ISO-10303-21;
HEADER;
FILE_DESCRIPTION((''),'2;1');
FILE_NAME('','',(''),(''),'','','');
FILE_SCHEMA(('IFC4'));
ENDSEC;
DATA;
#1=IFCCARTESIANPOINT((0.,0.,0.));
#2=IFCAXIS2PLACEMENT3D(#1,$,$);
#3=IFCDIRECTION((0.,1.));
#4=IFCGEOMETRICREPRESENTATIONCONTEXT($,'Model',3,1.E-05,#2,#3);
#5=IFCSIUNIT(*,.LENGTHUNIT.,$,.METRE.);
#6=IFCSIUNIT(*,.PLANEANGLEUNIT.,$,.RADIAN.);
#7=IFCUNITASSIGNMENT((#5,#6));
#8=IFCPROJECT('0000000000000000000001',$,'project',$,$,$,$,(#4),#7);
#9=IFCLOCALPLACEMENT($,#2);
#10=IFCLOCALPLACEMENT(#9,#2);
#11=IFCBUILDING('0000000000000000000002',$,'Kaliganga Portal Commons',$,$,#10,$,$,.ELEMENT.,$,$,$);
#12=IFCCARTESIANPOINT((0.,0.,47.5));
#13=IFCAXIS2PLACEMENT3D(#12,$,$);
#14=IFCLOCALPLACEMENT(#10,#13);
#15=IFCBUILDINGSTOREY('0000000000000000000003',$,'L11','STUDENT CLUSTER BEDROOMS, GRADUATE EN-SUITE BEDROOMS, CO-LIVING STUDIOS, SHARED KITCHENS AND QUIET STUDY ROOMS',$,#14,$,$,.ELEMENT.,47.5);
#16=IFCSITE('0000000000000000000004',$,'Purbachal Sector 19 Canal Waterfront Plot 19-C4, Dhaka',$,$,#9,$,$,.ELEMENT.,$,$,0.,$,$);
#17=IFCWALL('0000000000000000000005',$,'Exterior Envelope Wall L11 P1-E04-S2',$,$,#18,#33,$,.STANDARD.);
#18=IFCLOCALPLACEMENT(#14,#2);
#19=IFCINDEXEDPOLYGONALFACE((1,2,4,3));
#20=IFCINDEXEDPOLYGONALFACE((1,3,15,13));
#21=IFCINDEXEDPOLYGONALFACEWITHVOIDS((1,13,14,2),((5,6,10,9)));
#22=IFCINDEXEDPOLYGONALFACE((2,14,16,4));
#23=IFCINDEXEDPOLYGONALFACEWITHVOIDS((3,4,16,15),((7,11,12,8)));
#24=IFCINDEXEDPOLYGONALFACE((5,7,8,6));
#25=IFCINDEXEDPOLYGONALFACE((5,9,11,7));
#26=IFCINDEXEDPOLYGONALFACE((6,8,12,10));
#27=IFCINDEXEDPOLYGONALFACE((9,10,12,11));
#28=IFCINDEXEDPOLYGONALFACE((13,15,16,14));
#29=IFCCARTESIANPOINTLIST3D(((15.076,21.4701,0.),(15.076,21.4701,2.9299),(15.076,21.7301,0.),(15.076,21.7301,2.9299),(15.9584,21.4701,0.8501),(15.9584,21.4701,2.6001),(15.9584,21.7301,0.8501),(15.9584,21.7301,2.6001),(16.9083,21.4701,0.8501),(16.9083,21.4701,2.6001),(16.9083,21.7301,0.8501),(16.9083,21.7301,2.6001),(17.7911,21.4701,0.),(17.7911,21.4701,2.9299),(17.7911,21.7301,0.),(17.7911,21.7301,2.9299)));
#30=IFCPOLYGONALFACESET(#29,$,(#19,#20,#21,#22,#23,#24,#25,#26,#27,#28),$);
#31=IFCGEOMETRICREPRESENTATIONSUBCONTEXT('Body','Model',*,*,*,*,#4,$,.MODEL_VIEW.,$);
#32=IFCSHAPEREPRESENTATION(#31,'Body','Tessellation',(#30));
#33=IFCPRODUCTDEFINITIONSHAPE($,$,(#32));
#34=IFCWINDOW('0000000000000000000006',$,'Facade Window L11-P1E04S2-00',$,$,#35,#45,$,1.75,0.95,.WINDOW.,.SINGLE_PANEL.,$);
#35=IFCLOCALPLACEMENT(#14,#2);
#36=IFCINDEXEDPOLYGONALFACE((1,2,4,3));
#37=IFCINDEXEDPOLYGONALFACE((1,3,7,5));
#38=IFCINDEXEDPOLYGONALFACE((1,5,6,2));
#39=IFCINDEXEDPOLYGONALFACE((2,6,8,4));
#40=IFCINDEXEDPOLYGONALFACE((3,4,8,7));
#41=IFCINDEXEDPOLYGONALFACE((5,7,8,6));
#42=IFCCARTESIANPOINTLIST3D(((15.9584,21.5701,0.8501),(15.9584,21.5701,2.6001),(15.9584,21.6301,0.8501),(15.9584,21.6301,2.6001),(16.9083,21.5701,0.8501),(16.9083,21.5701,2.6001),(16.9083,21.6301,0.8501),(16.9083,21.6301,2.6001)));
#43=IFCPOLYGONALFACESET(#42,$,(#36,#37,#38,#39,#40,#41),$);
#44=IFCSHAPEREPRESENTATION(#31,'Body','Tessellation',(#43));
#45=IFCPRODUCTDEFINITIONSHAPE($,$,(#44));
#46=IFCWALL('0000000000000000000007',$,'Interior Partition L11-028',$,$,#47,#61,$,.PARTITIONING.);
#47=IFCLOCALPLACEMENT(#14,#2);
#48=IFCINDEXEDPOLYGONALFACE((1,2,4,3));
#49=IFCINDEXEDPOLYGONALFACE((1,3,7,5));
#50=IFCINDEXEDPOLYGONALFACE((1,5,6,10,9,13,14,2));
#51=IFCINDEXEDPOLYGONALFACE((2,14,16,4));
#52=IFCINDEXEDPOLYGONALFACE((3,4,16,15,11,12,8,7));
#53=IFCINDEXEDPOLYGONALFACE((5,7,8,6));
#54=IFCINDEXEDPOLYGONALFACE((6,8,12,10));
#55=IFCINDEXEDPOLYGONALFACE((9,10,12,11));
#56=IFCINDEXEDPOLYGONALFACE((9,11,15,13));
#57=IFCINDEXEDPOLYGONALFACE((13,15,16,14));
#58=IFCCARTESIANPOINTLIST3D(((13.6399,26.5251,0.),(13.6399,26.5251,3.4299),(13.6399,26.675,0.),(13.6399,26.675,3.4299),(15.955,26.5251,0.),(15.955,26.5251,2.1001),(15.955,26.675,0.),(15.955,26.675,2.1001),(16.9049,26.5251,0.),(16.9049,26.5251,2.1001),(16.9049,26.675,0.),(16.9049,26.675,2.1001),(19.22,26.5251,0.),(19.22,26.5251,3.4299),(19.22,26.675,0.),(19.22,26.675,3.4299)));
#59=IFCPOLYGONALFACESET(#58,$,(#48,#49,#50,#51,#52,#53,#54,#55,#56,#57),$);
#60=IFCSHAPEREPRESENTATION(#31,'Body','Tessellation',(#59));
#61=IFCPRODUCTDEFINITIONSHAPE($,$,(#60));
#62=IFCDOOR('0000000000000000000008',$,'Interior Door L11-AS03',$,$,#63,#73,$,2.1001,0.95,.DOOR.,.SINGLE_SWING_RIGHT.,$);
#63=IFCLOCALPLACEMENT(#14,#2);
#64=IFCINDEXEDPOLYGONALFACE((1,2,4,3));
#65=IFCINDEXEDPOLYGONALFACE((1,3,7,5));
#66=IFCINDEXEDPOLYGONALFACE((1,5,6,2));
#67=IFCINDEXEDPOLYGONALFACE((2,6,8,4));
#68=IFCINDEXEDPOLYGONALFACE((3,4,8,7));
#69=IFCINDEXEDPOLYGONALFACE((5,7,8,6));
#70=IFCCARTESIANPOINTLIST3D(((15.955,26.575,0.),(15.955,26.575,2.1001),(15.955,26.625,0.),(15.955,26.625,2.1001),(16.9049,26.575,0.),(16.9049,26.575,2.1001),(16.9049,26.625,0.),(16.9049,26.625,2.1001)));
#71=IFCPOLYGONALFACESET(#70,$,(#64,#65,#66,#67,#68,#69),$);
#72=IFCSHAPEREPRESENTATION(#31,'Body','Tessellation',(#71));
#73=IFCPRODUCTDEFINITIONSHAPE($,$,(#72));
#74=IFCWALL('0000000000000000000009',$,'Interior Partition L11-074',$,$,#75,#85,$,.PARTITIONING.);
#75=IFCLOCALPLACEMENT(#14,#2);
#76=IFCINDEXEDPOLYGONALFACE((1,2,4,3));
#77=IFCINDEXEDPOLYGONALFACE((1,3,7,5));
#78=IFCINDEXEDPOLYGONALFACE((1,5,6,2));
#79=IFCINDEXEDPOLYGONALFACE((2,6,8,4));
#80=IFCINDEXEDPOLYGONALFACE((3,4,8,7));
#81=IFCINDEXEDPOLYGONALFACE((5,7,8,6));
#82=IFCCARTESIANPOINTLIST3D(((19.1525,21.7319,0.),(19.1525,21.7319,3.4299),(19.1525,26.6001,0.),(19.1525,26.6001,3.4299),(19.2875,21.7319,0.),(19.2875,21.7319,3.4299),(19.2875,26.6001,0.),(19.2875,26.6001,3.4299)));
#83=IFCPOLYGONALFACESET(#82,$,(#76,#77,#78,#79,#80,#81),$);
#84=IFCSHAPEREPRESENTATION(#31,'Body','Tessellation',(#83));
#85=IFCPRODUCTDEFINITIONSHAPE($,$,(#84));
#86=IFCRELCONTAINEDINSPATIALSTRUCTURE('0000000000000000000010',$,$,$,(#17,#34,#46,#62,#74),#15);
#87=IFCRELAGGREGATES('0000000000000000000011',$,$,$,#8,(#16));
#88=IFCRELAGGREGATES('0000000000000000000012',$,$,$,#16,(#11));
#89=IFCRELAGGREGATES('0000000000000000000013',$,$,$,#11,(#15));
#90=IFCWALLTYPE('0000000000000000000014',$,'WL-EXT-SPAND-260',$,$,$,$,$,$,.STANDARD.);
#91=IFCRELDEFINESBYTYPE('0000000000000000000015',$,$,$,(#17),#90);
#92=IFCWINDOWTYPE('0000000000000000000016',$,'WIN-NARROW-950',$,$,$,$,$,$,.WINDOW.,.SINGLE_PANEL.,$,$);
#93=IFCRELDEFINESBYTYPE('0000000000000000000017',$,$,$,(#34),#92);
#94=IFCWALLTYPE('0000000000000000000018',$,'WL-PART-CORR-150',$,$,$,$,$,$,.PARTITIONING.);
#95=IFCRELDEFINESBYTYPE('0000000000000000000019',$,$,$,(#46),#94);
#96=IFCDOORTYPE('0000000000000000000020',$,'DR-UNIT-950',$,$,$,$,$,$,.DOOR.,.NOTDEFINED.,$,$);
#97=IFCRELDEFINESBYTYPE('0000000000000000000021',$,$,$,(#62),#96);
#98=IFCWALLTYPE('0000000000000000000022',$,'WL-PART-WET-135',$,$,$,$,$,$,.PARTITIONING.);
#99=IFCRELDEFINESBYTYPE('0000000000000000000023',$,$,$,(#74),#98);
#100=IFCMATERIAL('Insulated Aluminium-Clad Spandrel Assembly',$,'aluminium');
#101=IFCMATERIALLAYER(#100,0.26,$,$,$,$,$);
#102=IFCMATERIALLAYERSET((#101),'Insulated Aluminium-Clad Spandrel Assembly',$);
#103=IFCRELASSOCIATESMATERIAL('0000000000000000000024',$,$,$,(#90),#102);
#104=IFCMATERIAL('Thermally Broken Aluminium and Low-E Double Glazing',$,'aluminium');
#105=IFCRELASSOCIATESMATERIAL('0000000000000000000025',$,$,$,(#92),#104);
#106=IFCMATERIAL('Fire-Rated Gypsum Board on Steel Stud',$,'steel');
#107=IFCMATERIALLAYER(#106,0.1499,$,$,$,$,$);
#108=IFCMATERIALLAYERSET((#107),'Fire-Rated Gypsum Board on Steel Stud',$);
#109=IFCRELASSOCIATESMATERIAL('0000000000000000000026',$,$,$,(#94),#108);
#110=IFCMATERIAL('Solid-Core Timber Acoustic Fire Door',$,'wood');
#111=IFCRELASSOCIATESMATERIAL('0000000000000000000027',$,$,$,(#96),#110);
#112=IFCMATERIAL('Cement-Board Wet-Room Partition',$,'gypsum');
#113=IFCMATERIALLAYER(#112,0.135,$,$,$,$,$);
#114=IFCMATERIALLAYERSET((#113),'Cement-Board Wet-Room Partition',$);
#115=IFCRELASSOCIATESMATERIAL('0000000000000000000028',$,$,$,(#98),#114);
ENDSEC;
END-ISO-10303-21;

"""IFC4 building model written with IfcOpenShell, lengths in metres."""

from ifc_helpers import new_model, si_unit, direction, frame, frame_2d, origin, place, context, subcontext, project, spatial, rectangle, extrude, material, layer, layer_set, type_object, element, fill, save


model = new_model("IFC4")

# Units and contexts
model_context = context("Model", 3, precision=1e-05, world=origin(), true_north=direction((0.0, 1.0)))
body_context = subcontext(model_context, "Body", "Model", "MODEL_VIEW")
ifc_project = project(units=[si_unit("LENGTHUNIT", "METRE"), si_unit("PLANEANGLEUNIT", "RADIAN")], contexts=[model_context])

# Site, building, storey
site_placement = place(None, origin())
site = spatial("IfcSite", under=ifc_project, at=site_placement, Name="Purbachal Sector 19 Canal Waterfront Plot 19-C4, Dhaka", CompositionType="ELEMENT", RefElevation=0.0)
building_placement = place(site_placement, origin())
building = spatial("IfcBuilding", under=site, at=building_placement, Name="Kaliganga Portal Commons", CompositionType="ELEMENT")
storey_placement = place(building_placement, frame((0.0, 0.0, 47.5)))
storey = spatial("IfcBuildingStorey", under=building, at=storey_placement, Name="L11", Description="STUDENT CLUSTER BEDROOMS, GRADUATE EN-SUITE BEDROOMS, CO-LIVING STUDIOS, SHARED KITCHENS AND QUIET STUDY ROOMS", CompositionType="ELEMENT", Elevation=47.5)

# Shared definitions
ifc_material_1 = material(Name="Insulated Aluminium-Clad Spandrel Assembly", Category="aluminium")
ifc_layer_1 = layer(ifc_material_1, 0.26)
ifc_layer_set_1 = layer_set([ifc_layer_1], Name="Insulated Aluminium-Clad Spandrel Assembly")
wall_type_1 = type_object("IfcWallType", Name="WL-EXT-SPAND-260", PredefinedType="STANDARD", material=ifc_layer_set_1)
ifc_material_2 = material(Name="Thermally Broken Aluminium and Low-E Double Glazing", Category="aluminium")

# Wall, opening, window
wall_1_placement = place(storey_placement, frame((17.791, 21.6001, 0.0), z_axis=(0.0, 0.0, 1.0), x_axis=(-1.0, 0.0, 0.0)))
wall_1 = element("IfcWall", 1, at=wall_1_placement, inside=storey, type_object=wall_type_1, Name="Exterior Envelope Wall L11 P1-E04-S2", PredefinedType="STANDARD", context=body_context, shape_type="SweptSolid", body=[
    extrude(rectangle(XDim=2.7151, YDim=0.26, at=frame_2d((1.3574, 0.0))), origin(), (0.0, 0.0, 1.0), 2.9299),
])
opening_1_placement = place(wall_1_placement, frame((0.8826, 0.0, 0.8501)))
opening_1 = element("IfcOpeningElement", 2, at=opening_1_placement, cuts=wall_1, PredefinedType="OPENING", context=body_context, shape_type="SweptSolid", body=[
    extrude(rectangle(XDim=0.95, YDim=1.75, at=frame_2d((0.4751, 0.875))), frame((0.0, 0.1401, 0.0), z_axis=(0.0, -1.0, 0.0), x_axis=(1.0, 0.0, 0.0)), (0.0, 0.0, 1.0), 0.28),
])
window_type_1 = type_object("IfcWindowType", Name="WIN-NARROW-950", PartitioningType="SINGLE_PANEL", PredefinedType="WINDOW", material=ifc_material_2)
window_1_placement = place(opening_1_placement, origin())
window_1 = element("IfcWindow", 3, at=window_1_placement, inside=storey, type_object=window_type_1, Name="Facade Window L11-P1E04S2-00", OverallHeight=1.75, OverallWidth=0.95, PartitioningType="SINGLE_PANEL", PredefinedType="WINDOW", context=body_context, shape_type="SweptSolid", body=[
    extrude(rectangle(XDim=0.95, YDim=1.75, at=frame_2d((0.4751, 0.875))), frame((0.0, 0.03, 0.0), z_axis=(0.0, -1.0, 0.0), x_axis=(1.0, 0.0, 0.0)), (0.0, 0.0, 1.0), 0.0601),
])
fill(opening_1, window_1)

# Wall, opening, door
ifc_material_3 = material(Name="Fire-Rated Gypsum Board on Steel Stud", Category="steel")
ifc_layer_2 = layer(ifc_material_3, 0.1499)
ifc_layer_set_2 = layer_set([ifc_layer_2], Name="Fire-Rated Gypsum Board on Steel Stud")
wall_type_2 = type_object("IfcWallType", Name="WL-PART-CORR-150", PredefinedType="PARTITIONING", material=ifc_layer_set_2)
wall_2_placement = place(storey_placement, frame((13.6399, 26.6001, 0.0), z_axis=(0.0, 0.0, 1.0), x_axis=(1.0, 0.0, 0.0)))
wall_2 = element("IfcWall", 4, at=wall_2_placement, inside=storey, type_object=wall_type_2, Name="Interior Partition L11-028", PredefinedType="PARTITIONING", context=body_context, shape_type="SweptSolid", body=[
    extrude(rectangle(XDim=5.5801, YDim=0.1499, at=frame_2d((2.79, 0.0))), origin(), (0.0, 0.0, 1.0), 3.4299),
])
opening_2_placement = place(wall_2_placement, frame((2.3149, 0.0, 0.0)))
opening_2 = element("IfcOpeningElement", 5, at=opening_2_placement, cuts=wall_2, PredefinedType="OPENING", context=body_context, shape_type="SweptSolid", body=[
    extrude(rectangle(XDim=0.95, YDim=2.1001, at=frame_2d((0.4751, 1.05))), frame((0.0, 0.085, 0.0), z_axis=(0.0, -1.0, 0.0), x_axis=(1.0, 0.0, 0.0)), (0.0, 0.0, 1.0), 0.1699),
])
ifc_material_4 = material(Name="Solid-Core Timber Acoustic Fire Door", Category="wood")
door_type_1 = type_object("IfcDoorType", Name="DR-UNIT-950", OperationType="NOTDEFINED", PredefinedType="DOOR", material=ifc_material_4)
door_1_placement = place(opening_2_placement, origin())
door_1 = element("IfcDoor", 6, at=door_1_placement, inside=storey, type_object=door_type_1, Name="Interior Door L11-AS03", OperationType="SINGLE_SWING_RIGHT", OverallHeight=2.1001, OverallWidth=0.95, PredefinedType="DOOR", context=body_context, shape_type="SweptSolid", body=[
    extrude(rectangle(XDim=0.95, YDim=2.1001, at=frame_2d((0.4751, 1.05))), frame((0.0, 0.0249, 0.0), z_axis=(0.0, -1.0, 0.0), x_axis=(1.0, 0.0, 0.0)), (0.0, 0.0, 1.0), 0.05),
])
fill(opening_2, door_1)

# Wall
ifc_material_5 = material(Name="Cement-Board Wet-Room Partition", Category="gypsum")
ifc_layer_3 = layer(ifc_material_5, 0.135)
ifc_layer_set_3 = layer_set([ifc_layer_3], Name="Cement-Board Wet-Room Partition")
wall_type_3 = type_object("IfcWallType", Name="WL-PART-WET-135", PredefinedType="PARTITIONING", material=ifc_layer_set_3)
wall_3_placement = place(storey_placement, frame((19.22, 21.7319, 0.0), z_axis=(0.0, 0.0, 1.0), x_axis=(0.0, 1.0, 0.0)))
element("IfcWall", 7, at=wall_3_placement, inside=storey, type_object=wall_type_3, Name="Interior Partition L11-074", PredefinedType="PARTITIONING", context=body_context, shape_type="SweptSolid", body=[
    extrude(rectangle(XDim=4.8682, YDim=0.135, at=frame_2d((2.4341, 0.0))), origin(), (0.0, 0.0, 1.0), 3.4299),
])

save(model, "model.ifc")
